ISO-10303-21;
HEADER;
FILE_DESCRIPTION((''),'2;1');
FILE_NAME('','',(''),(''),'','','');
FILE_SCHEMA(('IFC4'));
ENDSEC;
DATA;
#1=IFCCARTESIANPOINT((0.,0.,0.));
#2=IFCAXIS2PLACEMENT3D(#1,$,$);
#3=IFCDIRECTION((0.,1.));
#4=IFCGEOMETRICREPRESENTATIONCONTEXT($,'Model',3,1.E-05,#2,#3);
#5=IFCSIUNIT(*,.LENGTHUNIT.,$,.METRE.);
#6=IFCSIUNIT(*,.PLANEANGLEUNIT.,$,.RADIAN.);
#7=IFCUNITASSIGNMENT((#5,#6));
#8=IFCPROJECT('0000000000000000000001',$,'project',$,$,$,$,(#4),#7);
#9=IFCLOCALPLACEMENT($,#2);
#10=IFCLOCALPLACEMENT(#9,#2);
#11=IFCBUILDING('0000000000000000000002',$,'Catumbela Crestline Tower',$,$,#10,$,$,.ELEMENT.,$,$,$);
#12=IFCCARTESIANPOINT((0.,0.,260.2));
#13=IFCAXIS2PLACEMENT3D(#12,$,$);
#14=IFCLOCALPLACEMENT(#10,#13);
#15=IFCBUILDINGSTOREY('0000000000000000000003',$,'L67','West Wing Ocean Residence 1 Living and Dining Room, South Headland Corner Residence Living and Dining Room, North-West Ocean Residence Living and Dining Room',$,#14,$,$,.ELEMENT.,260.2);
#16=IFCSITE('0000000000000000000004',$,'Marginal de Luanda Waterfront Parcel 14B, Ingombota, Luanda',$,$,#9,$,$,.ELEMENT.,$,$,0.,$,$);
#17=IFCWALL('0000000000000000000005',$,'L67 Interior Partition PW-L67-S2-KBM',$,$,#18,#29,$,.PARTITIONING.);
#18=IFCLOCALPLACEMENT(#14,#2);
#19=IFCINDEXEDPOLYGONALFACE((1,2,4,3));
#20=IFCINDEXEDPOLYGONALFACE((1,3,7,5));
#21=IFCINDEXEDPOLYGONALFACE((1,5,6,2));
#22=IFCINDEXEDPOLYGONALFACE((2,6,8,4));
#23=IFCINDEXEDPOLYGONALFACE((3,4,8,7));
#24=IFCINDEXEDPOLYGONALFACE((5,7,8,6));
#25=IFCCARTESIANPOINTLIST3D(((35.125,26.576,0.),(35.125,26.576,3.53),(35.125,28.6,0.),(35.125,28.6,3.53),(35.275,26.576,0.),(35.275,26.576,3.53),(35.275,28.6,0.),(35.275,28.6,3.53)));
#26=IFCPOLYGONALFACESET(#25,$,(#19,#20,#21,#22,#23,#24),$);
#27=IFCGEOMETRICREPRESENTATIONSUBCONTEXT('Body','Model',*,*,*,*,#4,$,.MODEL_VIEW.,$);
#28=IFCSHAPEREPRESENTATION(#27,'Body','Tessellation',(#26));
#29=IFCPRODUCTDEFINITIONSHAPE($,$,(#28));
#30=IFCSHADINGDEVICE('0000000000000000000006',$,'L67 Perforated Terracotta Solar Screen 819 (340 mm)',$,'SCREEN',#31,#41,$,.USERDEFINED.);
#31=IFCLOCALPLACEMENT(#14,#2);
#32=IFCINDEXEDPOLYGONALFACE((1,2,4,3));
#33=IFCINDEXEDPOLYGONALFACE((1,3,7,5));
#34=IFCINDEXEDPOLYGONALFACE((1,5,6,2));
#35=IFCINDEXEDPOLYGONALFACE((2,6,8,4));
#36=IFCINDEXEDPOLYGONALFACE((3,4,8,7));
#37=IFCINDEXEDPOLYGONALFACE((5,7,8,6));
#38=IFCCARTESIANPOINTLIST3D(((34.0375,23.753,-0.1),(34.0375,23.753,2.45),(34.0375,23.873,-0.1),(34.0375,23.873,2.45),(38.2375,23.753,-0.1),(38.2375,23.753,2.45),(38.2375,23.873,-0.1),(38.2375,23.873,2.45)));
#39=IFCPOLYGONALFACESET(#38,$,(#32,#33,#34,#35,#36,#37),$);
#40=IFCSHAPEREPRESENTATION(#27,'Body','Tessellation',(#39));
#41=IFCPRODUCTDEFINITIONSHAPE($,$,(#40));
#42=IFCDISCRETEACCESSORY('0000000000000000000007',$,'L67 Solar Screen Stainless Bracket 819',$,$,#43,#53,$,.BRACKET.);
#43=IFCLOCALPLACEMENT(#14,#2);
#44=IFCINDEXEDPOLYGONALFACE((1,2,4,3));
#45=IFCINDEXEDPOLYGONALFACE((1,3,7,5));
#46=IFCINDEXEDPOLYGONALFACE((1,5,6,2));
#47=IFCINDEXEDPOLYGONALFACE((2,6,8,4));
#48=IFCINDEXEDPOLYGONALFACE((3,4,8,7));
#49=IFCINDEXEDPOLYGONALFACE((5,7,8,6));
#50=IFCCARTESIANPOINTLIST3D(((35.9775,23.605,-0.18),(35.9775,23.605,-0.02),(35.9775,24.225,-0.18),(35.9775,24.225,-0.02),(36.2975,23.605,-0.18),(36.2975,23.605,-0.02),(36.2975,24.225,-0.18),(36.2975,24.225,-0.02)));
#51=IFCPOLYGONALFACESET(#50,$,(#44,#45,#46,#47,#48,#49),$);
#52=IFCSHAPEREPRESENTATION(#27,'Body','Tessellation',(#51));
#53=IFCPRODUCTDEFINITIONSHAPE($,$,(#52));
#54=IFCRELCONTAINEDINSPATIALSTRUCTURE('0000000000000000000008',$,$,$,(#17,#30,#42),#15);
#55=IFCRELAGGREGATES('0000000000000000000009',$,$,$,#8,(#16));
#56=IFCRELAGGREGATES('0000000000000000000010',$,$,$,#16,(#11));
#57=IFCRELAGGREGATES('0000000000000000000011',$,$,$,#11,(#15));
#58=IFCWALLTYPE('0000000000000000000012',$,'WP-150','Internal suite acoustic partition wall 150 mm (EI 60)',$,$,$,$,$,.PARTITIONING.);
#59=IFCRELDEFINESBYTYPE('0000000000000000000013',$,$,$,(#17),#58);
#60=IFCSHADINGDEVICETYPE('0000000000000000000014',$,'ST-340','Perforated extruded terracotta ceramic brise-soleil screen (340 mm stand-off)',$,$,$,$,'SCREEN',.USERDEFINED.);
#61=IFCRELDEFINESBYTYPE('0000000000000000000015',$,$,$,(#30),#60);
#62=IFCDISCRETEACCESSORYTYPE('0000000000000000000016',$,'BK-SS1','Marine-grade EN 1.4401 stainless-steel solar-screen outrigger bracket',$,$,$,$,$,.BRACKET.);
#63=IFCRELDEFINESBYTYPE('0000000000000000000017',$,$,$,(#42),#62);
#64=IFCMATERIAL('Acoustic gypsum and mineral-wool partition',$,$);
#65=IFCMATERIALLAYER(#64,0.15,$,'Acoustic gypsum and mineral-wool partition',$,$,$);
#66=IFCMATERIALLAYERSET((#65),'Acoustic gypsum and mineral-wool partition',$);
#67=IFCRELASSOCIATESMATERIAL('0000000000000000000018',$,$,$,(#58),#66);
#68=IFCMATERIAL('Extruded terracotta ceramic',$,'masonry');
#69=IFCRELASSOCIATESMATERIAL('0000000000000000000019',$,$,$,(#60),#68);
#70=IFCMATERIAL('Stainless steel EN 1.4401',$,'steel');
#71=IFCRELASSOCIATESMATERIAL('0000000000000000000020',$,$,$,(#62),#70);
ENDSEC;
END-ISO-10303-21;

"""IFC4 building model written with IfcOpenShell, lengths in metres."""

from ifc_helpers import new_model, si_unit, direction, frame, frame_2d, origin, origin_2d, place, context, subcontext, project, spatial, rectangle, extrude, material, layer, layer_set, type_object, element, save


model = new_model("IFC4")

# Units and contexts
model_context = context("Model", 3, precision=1e-05, world=origin(), true_north=direction((0.0, 1.0)))
body_context = subcontext(model_context, "Body", "Model", "MODEL_VIEW")
ifc_project = project(units=[si_unit("LENGTHUNIT", "METRE"), si_unit("PLANEANGLEUNIT", "RADIAN")], contexts=[model_context])

# Site, building, storey
site_placement = place(None, origin())
site = spatial("IfcSite", under=ifc_project, at=site_placement, Name="Marginal de Luanda Waterfront Parcel 14B, Ingombota, Luanda", CompositionType="ELEMENT", RefElevation=0.0)
building_placement = place(site_placement, origin())
building = spatial("IfcBuilding", under=site, at=building_placement, Name="Catumbela Crestline Tower", CompositionType="ELEMENT")
storey_placement = place(building_placement, frame((0.0, 0.0, 260.2)))
storey = spatial("IfcBuildingStorey", under=building, at=storey_placement, Name="L67", Description="West Wing Ocean Residence 1 Living and Dining Room, South Headland Corner Residence Living and Dining Room, North-West Ocean Residence Living and Dining Room", CompositionType="ELEMENT", Elevation=260.2)

# Wall
ifc_material_1 = material(Name="Acoustic gypsum and mineral-wool partition")
ifc_layer_1 = layer(ifc_material_1, 0.15, Name="Acoustic gypsum and mineral-wool partition")
ifc_layer_set_1 = layer_set([ifc_layer_1], Name="Acoustic gypsum and mineral-wool partition")
wall_type_1 = type_object("IfcWallType", Name="WP-150", Description="Internal suite acoustic partition wall 150 mm (EI 60)", PredefinedType="PARTITIONING", material=ifc_layer_set_1)
for number, where, z_axis, x_axis, name in (
    (1, (35.2, 26.576, 0.0), (0.0, 0.0, 1.0), (0.0, 1.0, 0.0), "L67 Interior Partition PW-L67-S2-KBM"),
):
    element("IfcWall", number, at=place(storey_placement, frame(where, z_axis=z_axis, x_axis=x_axis)), inside=storey, type_object=wall_type_1, Name=name, PredefinedType="PARTITIONING", context=body_context, shape_type="SweptSolid", body=[
        extrude(rectangle(XDim=2.024, YDim=0.15, at=frame_2d((1.012, 0.0))), origin(), (0.0, 0.0, 1.0), 3.53),
    ])

# Shading device
ifc_material_2 = material(Name="Extruded terracotta ceramic", Category="masonry")
shading_device_type = type_object("IfcShadingDeviceType", Name="ST-340", Description="Perforated extruded terracotta ceramic brise-soleil screen (340 mm stand-off)", ElementType="SCREEN", PredefinedType="USERDEFINED", material=ifc_material_2)
shading_device_placement = place(storey_placement, frame((36.1375, 23.813, -0.1), z_axis=(0.0, 0.0, 1.0), x_axis=(1.0, 0.0, 0.0)))
element("IfcShadingDevice", 2, at=shading_device_placement, inside=storey, type_object=shading_device_type, Name="L67 Perforated Terracotta Solar Screen 819 (340 mm)", ObjectType="SCREEN", PredefinedType="USERDEFINED", context=body_context, shape_type="SweptSolid", body=[
    extrude(rectangle(XDim=4.2, YDim=0.12, at=origin_2d()), origin(), (0.0, 0.0, 1.0), 2.55),
])

# Discrete accessory
ifc_material_3 = material(Name="Stainless steel EN 1.4401", Category="steel")
discrete_accessory_type = type_object("IfcDiscreteAccessoryType", Name="BK-SS1", Description="Marine-grade EN 1.4401 stainless-steel solar-screen outrigger bracket", PredefinedType="BRACKET", material=ifc_material_3)
discrete_accessory_placement = place(storey_placement, frame((36.1375, 23.915, -0.18), z_axis=(0.0, 0.0, 1.0), x_axis=(1.0, 0.0, 0.0)))
element("IfcDiscreteAccessory", 3, at=discrete_accessory_placement, inside=storey, type_object=discrete_accessory_type, Name="L67 Solar Screen Stainless Bracket 819", PredefinedType="BRACKET", context=body_context, shape_type="SweptSolid", body=[
    extrude(rectangle(XDim=0.32, YDim=0.62, at=origin_2d()), origin(), (0.0, 0.0, 1.0), 0.16),
])

save(model, "model.ifc")
